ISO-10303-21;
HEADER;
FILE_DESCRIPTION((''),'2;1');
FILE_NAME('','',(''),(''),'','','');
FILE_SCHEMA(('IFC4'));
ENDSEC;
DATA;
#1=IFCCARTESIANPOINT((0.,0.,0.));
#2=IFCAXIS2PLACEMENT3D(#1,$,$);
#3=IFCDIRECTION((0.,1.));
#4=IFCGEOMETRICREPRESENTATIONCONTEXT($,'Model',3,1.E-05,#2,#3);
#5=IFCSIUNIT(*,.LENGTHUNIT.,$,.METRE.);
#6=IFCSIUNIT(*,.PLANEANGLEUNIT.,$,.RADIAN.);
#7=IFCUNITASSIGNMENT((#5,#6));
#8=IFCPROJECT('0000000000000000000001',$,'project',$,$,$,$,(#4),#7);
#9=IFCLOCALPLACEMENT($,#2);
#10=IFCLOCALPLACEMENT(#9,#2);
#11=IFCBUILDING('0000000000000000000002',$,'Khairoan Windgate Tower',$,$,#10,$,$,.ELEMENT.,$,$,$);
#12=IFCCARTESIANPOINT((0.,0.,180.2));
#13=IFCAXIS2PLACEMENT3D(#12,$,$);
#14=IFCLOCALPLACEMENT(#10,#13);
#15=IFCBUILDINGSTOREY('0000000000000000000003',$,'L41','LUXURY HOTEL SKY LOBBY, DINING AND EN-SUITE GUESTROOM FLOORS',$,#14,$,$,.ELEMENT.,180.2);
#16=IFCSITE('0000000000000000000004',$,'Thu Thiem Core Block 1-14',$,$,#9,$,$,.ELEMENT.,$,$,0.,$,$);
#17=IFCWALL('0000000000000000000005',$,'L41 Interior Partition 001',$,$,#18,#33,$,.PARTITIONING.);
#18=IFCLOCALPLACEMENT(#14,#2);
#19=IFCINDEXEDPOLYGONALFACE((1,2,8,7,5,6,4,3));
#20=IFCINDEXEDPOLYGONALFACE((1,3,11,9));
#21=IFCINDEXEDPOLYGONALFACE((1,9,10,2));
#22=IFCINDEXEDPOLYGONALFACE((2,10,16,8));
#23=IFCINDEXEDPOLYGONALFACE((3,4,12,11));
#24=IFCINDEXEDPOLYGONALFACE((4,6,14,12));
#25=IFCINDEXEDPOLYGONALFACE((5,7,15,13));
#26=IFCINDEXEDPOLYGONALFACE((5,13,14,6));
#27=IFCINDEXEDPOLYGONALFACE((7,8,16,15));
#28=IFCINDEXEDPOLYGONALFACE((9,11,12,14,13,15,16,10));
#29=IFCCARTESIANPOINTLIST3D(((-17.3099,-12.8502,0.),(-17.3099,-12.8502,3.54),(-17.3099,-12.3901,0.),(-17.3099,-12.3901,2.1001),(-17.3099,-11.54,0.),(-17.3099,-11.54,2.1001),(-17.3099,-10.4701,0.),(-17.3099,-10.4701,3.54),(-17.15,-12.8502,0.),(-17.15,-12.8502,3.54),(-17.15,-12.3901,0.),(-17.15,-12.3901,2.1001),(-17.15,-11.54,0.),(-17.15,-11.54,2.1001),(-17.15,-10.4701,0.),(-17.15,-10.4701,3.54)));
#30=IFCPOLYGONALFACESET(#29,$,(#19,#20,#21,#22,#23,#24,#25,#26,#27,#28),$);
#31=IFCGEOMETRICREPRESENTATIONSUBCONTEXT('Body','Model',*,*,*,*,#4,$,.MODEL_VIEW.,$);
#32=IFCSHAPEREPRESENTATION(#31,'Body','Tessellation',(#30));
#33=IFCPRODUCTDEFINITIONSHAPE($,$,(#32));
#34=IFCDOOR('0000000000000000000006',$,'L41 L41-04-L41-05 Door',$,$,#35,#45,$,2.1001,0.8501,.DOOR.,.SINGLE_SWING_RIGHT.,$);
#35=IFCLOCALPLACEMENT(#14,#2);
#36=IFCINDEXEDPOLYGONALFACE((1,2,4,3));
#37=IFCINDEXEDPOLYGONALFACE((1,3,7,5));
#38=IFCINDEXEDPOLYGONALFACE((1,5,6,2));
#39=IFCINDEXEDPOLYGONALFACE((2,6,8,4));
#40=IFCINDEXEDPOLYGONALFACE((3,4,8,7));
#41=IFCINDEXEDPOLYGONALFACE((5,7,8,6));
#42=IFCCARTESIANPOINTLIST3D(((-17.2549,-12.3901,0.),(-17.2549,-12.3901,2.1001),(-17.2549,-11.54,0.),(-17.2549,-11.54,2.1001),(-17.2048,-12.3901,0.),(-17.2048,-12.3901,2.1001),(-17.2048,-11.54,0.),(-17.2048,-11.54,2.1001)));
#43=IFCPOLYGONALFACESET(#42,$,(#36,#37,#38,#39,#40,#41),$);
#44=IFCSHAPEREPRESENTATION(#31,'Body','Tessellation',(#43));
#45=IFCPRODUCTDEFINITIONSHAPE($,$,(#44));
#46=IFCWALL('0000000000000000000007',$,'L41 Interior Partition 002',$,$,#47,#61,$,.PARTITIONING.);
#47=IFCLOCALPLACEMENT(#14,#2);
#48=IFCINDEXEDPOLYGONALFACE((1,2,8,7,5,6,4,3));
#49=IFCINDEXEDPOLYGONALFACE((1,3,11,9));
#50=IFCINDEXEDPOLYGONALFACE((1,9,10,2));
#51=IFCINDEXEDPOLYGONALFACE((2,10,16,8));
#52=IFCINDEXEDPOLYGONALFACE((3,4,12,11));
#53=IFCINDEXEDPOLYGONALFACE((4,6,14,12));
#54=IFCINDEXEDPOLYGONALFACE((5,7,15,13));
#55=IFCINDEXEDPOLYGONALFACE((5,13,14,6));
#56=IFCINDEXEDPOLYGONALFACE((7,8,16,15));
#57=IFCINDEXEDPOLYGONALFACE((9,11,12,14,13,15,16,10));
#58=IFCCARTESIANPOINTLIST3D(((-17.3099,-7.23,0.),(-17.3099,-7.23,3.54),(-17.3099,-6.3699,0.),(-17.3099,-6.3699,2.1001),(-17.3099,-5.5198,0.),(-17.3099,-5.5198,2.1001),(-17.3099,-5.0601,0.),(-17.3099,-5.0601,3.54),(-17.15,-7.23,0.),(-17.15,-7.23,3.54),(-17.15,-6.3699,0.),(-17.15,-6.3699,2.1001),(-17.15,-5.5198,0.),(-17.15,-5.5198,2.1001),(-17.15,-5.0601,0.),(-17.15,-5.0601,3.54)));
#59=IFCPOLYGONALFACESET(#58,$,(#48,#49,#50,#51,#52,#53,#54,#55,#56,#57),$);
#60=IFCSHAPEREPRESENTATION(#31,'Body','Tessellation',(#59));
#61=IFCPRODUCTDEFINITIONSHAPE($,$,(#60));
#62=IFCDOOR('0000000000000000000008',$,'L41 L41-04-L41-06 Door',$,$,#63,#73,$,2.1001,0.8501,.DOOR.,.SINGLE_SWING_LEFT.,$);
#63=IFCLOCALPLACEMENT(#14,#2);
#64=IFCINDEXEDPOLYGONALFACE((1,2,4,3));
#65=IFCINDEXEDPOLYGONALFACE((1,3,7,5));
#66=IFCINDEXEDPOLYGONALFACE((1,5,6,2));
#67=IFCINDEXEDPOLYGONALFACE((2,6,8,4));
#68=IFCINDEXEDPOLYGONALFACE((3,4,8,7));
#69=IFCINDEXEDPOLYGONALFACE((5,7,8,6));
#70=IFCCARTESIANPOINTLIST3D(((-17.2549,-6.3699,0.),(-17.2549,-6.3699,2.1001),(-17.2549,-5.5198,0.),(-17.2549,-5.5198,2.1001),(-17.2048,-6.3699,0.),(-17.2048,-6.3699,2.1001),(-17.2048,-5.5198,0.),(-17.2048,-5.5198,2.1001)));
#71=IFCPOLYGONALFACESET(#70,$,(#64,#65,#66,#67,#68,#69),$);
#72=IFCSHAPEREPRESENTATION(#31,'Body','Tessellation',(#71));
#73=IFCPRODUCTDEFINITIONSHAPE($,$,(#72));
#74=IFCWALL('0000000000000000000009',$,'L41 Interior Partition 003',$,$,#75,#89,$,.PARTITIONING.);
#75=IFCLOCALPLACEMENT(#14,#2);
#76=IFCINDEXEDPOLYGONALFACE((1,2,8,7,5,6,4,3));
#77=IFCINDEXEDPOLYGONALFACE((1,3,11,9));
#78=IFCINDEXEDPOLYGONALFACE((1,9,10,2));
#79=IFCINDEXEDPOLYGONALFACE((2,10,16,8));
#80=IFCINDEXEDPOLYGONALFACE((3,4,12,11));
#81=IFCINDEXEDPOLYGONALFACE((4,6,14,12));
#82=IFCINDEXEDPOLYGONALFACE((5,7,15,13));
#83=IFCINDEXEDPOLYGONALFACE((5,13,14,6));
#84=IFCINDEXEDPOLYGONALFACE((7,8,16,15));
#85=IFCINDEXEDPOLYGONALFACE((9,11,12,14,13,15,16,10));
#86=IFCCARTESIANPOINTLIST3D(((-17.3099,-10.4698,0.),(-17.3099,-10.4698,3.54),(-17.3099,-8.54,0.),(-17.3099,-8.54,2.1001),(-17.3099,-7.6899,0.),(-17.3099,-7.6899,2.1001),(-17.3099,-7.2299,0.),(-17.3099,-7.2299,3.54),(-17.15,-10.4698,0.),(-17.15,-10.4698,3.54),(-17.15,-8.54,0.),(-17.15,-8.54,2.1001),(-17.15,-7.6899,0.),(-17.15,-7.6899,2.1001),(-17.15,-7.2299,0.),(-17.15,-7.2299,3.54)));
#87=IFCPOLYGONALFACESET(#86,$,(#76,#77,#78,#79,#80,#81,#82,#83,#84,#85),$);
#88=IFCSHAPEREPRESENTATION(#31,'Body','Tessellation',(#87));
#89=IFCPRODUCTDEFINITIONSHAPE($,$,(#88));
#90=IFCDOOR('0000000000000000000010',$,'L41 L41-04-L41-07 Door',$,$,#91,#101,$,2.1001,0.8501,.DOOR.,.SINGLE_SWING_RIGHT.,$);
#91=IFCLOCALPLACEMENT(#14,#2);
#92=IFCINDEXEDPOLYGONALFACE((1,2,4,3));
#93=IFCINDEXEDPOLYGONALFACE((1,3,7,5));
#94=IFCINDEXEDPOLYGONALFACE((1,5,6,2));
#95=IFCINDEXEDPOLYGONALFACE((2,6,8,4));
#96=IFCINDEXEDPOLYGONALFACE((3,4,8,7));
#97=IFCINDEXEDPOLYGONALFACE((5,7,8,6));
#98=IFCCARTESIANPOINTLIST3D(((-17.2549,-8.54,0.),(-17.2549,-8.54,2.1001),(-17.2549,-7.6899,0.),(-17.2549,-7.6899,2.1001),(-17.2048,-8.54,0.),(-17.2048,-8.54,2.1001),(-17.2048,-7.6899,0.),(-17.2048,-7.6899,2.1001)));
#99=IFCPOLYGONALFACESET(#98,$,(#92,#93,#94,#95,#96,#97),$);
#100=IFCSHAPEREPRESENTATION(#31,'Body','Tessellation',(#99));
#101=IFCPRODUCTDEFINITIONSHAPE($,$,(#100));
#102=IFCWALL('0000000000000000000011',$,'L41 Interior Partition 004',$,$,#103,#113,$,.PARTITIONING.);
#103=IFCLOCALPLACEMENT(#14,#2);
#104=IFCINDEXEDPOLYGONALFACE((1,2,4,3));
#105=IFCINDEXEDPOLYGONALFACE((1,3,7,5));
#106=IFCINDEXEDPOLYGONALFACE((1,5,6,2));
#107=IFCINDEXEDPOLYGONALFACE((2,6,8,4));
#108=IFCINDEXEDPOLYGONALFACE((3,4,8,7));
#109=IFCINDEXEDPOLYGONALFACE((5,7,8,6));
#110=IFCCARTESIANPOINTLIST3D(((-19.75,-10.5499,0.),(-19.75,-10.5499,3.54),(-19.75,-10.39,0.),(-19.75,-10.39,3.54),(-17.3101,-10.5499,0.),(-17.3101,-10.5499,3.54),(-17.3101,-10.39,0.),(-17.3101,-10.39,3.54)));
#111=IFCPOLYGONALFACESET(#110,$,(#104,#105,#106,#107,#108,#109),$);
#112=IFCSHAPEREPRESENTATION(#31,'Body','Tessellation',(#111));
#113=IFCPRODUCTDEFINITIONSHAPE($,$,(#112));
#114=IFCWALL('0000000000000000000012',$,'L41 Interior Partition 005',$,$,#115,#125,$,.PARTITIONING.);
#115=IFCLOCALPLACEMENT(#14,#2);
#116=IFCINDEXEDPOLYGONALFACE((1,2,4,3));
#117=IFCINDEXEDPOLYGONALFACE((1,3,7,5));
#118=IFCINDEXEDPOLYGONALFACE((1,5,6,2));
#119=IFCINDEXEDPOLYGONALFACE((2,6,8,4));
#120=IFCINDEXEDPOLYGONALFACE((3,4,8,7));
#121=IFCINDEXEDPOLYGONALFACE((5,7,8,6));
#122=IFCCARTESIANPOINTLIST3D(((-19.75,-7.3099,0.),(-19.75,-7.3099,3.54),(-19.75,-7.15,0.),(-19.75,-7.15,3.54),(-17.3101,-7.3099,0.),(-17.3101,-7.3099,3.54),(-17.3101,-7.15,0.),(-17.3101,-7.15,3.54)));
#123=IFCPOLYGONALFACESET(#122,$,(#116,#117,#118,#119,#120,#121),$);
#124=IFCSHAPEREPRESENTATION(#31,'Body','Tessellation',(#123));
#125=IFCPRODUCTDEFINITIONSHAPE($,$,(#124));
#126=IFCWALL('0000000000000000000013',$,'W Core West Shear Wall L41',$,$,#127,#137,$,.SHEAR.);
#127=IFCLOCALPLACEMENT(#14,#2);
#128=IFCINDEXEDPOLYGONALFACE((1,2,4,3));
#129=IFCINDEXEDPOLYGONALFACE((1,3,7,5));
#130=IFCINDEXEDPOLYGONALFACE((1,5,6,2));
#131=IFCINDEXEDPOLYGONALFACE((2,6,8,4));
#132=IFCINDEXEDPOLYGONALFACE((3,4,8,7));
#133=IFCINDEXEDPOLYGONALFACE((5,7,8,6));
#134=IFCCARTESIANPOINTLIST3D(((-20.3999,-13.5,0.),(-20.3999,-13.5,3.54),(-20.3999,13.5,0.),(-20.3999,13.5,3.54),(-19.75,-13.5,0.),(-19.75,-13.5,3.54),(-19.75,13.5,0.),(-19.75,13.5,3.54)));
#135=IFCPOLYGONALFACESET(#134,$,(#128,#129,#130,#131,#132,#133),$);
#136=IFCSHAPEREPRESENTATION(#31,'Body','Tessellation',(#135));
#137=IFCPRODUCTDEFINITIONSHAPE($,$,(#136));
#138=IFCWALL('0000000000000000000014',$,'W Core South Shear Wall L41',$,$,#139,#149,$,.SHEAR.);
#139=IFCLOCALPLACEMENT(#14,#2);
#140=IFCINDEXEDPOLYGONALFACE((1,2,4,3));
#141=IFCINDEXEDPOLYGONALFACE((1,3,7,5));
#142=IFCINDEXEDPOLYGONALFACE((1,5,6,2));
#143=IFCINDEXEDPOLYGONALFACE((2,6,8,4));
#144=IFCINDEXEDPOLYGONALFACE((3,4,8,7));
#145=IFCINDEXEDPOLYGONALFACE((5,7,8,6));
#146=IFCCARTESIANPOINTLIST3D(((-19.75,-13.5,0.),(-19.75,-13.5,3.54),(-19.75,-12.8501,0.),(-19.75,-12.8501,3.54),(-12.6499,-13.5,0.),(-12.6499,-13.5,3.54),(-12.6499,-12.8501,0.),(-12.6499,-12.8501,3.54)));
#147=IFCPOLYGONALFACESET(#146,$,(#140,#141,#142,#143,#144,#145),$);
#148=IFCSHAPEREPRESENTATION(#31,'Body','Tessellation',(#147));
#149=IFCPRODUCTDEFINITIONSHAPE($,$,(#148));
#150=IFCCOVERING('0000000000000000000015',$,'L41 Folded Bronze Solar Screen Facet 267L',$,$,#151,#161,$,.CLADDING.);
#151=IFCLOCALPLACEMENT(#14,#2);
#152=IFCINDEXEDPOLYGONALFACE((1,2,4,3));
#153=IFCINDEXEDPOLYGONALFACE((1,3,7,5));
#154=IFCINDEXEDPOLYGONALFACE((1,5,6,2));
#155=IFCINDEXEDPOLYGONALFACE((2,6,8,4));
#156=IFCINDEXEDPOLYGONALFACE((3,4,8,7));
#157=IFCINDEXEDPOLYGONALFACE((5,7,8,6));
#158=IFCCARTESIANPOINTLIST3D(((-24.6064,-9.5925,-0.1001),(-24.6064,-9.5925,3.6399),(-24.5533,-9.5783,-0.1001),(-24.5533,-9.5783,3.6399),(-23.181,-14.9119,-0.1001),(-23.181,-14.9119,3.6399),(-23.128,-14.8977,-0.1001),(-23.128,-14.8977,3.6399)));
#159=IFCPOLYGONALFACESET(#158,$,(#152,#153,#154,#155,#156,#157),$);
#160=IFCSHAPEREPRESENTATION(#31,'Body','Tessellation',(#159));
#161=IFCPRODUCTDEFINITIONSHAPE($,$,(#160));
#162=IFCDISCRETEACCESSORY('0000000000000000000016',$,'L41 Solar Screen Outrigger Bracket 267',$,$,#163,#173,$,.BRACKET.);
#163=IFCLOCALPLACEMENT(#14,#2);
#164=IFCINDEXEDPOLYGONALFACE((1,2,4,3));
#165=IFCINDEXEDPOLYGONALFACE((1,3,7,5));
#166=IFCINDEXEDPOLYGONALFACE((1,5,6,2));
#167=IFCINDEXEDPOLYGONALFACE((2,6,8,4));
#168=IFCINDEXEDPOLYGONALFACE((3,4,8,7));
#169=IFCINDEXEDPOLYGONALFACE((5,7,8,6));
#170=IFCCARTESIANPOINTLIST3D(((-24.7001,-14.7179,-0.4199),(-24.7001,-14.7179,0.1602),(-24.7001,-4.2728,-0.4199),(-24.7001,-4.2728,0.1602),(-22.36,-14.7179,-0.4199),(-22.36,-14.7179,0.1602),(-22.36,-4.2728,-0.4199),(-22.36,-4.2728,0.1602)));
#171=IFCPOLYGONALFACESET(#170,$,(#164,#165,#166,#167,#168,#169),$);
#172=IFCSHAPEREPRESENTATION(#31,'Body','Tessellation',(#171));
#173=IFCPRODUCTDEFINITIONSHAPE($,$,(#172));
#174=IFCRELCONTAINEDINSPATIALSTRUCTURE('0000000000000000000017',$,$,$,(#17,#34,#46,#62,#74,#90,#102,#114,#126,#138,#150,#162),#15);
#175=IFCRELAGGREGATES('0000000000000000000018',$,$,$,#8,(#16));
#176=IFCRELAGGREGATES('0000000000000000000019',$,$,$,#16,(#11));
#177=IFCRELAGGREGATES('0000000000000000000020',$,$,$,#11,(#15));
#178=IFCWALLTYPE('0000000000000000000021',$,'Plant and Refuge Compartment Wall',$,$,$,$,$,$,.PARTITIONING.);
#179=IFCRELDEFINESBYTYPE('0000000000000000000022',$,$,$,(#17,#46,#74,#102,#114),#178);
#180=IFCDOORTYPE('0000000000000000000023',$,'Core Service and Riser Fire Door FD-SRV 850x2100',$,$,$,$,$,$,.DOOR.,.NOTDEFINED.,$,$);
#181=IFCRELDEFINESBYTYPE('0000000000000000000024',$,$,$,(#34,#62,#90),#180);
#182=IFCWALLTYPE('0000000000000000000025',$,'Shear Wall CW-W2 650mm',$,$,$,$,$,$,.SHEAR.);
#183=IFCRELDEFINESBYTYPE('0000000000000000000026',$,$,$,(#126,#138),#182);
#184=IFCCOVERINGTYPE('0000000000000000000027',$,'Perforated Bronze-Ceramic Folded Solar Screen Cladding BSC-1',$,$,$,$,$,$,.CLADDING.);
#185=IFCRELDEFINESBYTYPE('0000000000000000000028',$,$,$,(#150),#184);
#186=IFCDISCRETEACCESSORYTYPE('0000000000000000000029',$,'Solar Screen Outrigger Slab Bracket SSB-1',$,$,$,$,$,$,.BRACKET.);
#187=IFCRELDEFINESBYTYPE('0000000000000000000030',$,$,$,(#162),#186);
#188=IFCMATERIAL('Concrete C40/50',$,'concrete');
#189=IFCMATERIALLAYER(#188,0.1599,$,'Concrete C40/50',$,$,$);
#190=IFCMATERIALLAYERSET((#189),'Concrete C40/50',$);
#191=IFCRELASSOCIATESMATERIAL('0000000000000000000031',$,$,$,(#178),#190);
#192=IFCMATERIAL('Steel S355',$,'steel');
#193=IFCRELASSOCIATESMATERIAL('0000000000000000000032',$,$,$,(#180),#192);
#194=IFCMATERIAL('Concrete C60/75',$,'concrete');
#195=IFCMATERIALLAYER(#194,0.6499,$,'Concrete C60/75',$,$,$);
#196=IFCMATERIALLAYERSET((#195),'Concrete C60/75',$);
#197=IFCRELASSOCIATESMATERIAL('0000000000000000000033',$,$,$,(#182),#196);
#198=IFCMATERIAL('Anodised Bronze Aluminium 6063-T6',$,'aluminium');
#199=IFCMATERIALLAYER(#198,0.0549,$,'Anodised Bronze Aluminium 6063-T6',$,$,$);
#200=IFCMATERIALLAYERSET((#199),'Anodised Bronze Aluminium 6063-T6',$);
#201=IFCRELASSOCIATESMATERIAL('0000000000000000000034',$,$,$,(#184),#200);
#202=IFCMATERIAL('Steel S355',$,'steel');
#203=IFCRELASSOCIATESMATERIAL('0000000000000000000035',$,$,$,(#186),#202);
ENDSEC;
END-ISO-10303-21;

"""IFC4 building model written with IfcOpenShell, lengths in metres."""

from ifc_helpers import new_model, si_unit, direction, frame, frame_2d, origin, origin_2d, place, context, subcontext, project, spatial, rectangle, extrude, material, layer, layer_set, type_object, element, fill, save


model = new_model("IFC4")

# Units and contexts
model_context = context("Model", 3, precision=1e-05, world=origin(), true_north=direction((0.0, 1.0)))
body_context = subcontext(model_context, "Body", "Model", "MODEL_VIEW")
ifc_project = project(units=[si_unit("LENGTHUNIT", "METRE"), si_unit("PLANEANGLEUNIT", "RADIAN")], contexts=[model_context])

# Site, building, storey
site_placement = place(None, origin())
site = spatial("IfcSite", under=ifc_project, at=site_placement, Name="Thu Thiem Core Block 1-14", CompositionType="ELEMENT", RefElevation=0.0)
building_placement = place(site_placement, origin())
building = spatial("IfcBuilding", under=site, at=building_placement, Name="Khairoan Windgate Tower", CompositionType="ELEMENT")
storey_placement = place(building_placement, frame((0.0, 0.0, 180.2)))
storey = spatial("IfcBuildingStorey", under=building, at=storey_placement, Name="L41", Description="LUXURY HOTEL SKY LOBBY, DINING AND EN-SUITE GUESTROOM FLOORS", CompositionType="ELEMENT", Elevation=180.2)

# Walls, openings, doors
ifc_material_1 = material(Name="Concrete C40/50", Category="concrete")
ifc_layer_1 = layer(ifc_material_1, 0.1599, Name="Concrete C40/50")
ifc_layer_set_1 = layer_set([ifc_layer_1], Name="Concrete C40/50")
wall_type_1 = type_object("IfcWallType", Name="Plant and Refuge Compartment Wall", PredefinedType="PARTITIONING", material=ifc_layer_set_1)
wall_1_placement = place(storey_placement, frame((-17.23, -12.8501, 0.0), z_axis=(0.0, 0.0, 1.0), x_axis=(0.0, 1.0, 0.0)))
wall_1 = element("IfcWall", 1, at=wall_1_placement, inside=storey, type_object=wall_type_1, Name="L41 Interior Partition 001", PredefinedType="PARTITIONING", context=body_context, shape_type="SweptSolid", body=[
    extrude(rectangle(XDim=2.3801, YDim=0.1599, at=frame_2d((1.1899, 0.0))), origin(), (0.0, 0.0, 1.0), 3.54),
])
opening_1_placement = place(wall_1_placement, frame((0.46, 0.0, 0.0)))
opening_1 = element("IfcOpeningElement", 2, at=opening_1_placement, cuts=wall_1, PredefinedType="OPENING", context=body_context, shape_type="SweptSolid", body=[
    extrude(rectangle(XDim=0.8501, YDim=2.1001, at=frame_2d((0.425, 1.05))), frame((0.0, 0.0898, 0.0), z_axis=(0.0, -1.0, 0.0), x_axis=(1.0, 0.0, 0.0)), (0.0, 0.0, 1.0), 0.1799),
])
ifc_material_2 = material(Name="Steel S355", Category="steel")
door_type_1 = type_object("IfcDoorType", Name="Core Service and Riser Fire Door FD-SRV 850x2100", OperationType="NOTDEFINED", PredefinedType="DOOR", material=ifc_material_2)
door_1_placement = place(opening_1_placement, origin())
door_1 = element("IfcDoor", 3, at=door_1_placement, inside=storey, type_object=door_type_1, Name="L41 L41-04-L41-05 Door", OperationType="SINGLE_SWING_RIGHT", OverallHeight=2.1001, OverallWidth=0.8501, PredefinedType="DOOR", context=body_context, shape_type="SweptSolid", body=[
    extrude(rectangle(XDim=0.8501, YDim=2.1001, at=frame_2d((0.425, 1.05))), frame((0.0, 0.0249, 0.0), z_axis=(0.0, -1.0, 0.0), x_axis=(1.0, 0.0, 0.0)), (0.0, 0.0, 1.0), 0.05),
])
fill(opening_1, door_1)
wall_2_placement = place(storey_placement, frame((-17.23, -7.23, 0.0), z_axis=(0.0, 0.0, 1.0), x_axis=(0.0, 1.0, 0.0)))
wall_2 = element("IfcWall", 4, at=wall_2_placement, inside=storey, type_object=wall_type_1, Name="L41 Interior Partition 002", PredefinedType="PARTITIONING", context=body_context, shape_type="SweptSolid", body=[
    extrude(rectangle(XDim=2.1699, YDim=0.1599, at=frame_2d((1.085, 0.0))), origin(), (0.0, 0.0, 1.0), 3.54),
])
opening_2_placement = place(wall_2_placement, frame((0.8601, 0.0, 0.0)))
opening_2 = element("IfcOpeningElement", 5, at=opening_2_placement, cuts=wall_2, PredefinedType="OPENING", context=body_context, shape_type="SweptSolid", body=[
    extrude(rectangle(XDim=0.8501, YDim=2.1001, at=frame_2d((0.425, 1.05))), frame((0.0, 0.0898, 0.0), z_axis=(0.0, -1.0, 0.0), x_axis=(1.0, 0.0, 0.0)), (0.0, 0.0, 1.0), 0.1799),
])
door_2_placement = place(opening_2_placement, origin())
door_2 = element("IfcDoor", 6, at=door_2_placement, inside=storey, type_object=door_type_1, Name="L41 L41-04-L41-06 Door", OperationType="SINGLE_SWING_LEFT", OverallHeight=2.1001, OverallWidth=0.8501, PredefinedType="DOOR", context=body_context, shape_type="SweptSolid", body=[
    extrude(rectangle(XDim=0.8501, YDim=2.1001, at=frame_2d((0.425, 1.05))), frame((0.0, 0.0249, 0.0), z_axis=(0.0, -1.0, 0.0), x_axis=(1.0, 0.0, 0.0)), (0.0, 0.0, 1.0), 0.05),
])
fill(opening_2, door_2)
wall_3_placement = place(storey_placement, frame((-17.23, -10.47, 0.0), z_axis=(0.0, 0.0, 1.0), x_axis=(0.0, 1.0, 0.0)))
wall_3 = element("IfcWall", 7, at=wall_3_placement, inside=storey, type_object=wall_type_1, Name="L41 Interior Partition 003", PredefinedType="PARTITIONING", context=body_context, shape_type="SweptSolid", body=[
    extrude(rectangle(XDim=3.24, YDim=0.1599, at=frame_2d((1.6201, 0.0))), origin(), (0.0, 0.0, 1.0), 3.54),
])
opening_3_placement = place(wall_3_placement, frame((1.9299, 0.0, 0.0)))
opening_3 = element("IfcOpeningElement", 8, at=opening_3_placement, cuts=wall_3, PredefinedType="OPENING", context=body_context, shape_type="SweptSolid", body=[
    extrude(rectangle(XDim=0.8501, YDim=2.1001, at=frame_2d((0.425, 1.05))), frame((0.0, 0.0898, 0.0), z_axis=(0.0, -1.0, 0.0), x_axis=(1.0, 0.0, 0.0)), (0.0, 0.0, 1.0), 0.1799),
])
door_3_placement = place(opening_3_placement, origin())
door_3 = element("IfcDoor", 9, at=door_3_placement, inside=storey, type_object=door_type_1, Name="L41 L41-04-L41-07 Door", OperationType="SINGLE_SWING_RIGHT", OverallHeight=2.1001, OverallWidth=0.8501, PredefinedType="DOOR", context=body_context, shape_type="SweptSolid", body=[
    extrude(rectangle(XDim=0.8501, YDim=2.1001, at=frame_2d((0.425, 1.05))), frame((0.0, 0.0249, 0.0), z_axis=(0.0, -1.0, 0.0), x_axis=(1.0, 0.0, 0.0)), (0.0, 0.0, 1.0), 0.05),
])
fill(opening_3, door_3)

# Walls
for number, where, z_axis, x_axis, name in (
    (10, (-19.75, -10.47, 0.0), (0.0, 0.0, 1.0), (1.0, 0.0, 0.0), "L41 Interior Partition 004"),
    (11, (-19.75, -7.23, 0.0), (0.0, 0.0, 1.0), (1.0, 0.0, 0.0), "L41 Interior Partition 005"),
):
    element("IfcWall", number, at=place(storey_placement, frame(where, z_axis=z_axis, x_axis=x_axis)), inside=storey, type_object=wall_type_1, Name=name, PredefinedType="PARTITIONING", context=body_context, shape_type="SweptSolid", body=[
        extrude(rectangle(XDim=2.4399, YDim=0.1599, at=frame_2d((1.22, 0.0))), origin(), (0.0, 0.0, 1.0), 3.54),
    ])
ifc_material_3 = material(Name="Concrete C60/75", Category="concrete")
ifc_layer_2 = layer(ifc_material_3, 0.6499, Name="Concrete C60/75")
ifc_layer_set_2 = layer_set([ifc_layer_2], Name="Concrete C60/75")
wall_type_2 = type_object("IfcWallType", Name="Shear Wall CW-W2 650mm", PredefinedType="SHEAR", material=ifc_layer_set_2)
wall_4_placement = place(storey_placement, frame((-20.075, -13.5, 0.0), z_axis=(0.0, 0.0, 1.0), x_axis=(0.0, 1.0, 0.0)))
element("IfcWall", 12, at=wall_4_placement, inside=storey, type_object=wall_type_2, Name="W Core West Shear Wall L41", PredefinedType="SHEAR", context=body_context, shape_type="SweptSolid", body=[
    extrude(rectangle(XDim=27.0, YDim=0.6499, at=frame_2d((13.5, 0.0))), origin(), (0.0, 0.0, 1.0), 3.54),
])
wall_5_placement = place(storey_placement, frame((-19.75, -13.175, 0.0), z_axis=(0.0, 0.0, 1.0), x_axis=(1.0, 0.0, 0.0)))
element("IfcWall", 13, at=wall_5_placement, inside=storey, type_object=wall_type_2, Name="W Core South Shear Wall L41", PredefinedType="SHEAR", context=body_context, shape_type="SweptSolid", body=[
    extrude(rectangle(XDim=7.1001, YDim=0.6499, at=frame_2d((3.55, 0.0))), origin(), (0.0, 0.0, 1.0), 3.54),
])

# Covering
ifc_material_4 = material(Name="Anodised Bronze Aluminium 6063-T6", Category="aluminium")
ifc_layer_3 = layer(ifc_material_4, 0.0549, Name="Anodised Bronze Aluminium 6063-T6")
ifc_layer_set_3 = layer_set([ifc_layer_3], Name="Anodised Bronze Aluminium 6063-T6")
covering_type = type_object("IfcCoveringType", Name="Perforated Bronze-Ceramic Folded Solar Screen Cladding BSC-1", PredefinedType="CLADDING", material=ifc_layer_set_3)
covering_placement = place(storey_placement, frame((-23.8672, -12.2451, -0.1001), z_axis=(0.0, 0.0, 1.0), x_axis=(-0.258819, 0.965926, 0.0)))
element("IfcCovering", 14, at=covering_placement, inside=storey, type_object=covering_type, Name="L41 Folded Bronze Solar Screen Facet 267L", PredefinedType="CLADDING", context=body_context, shape_type="SweptSolid", body=[
    extrude(rectangle(XDim=5.5071, YDim=0.0549, at=origin_2d()), origin(), (0.0, 0.0, 1.0), 3.74),
])

# Discrete accessory
ifc_material_5 = material(Name="Steel S355", Category="steel")
discrete_accessory_type = type_object("IfcDiscreteAccessoryType", Name="Solar Screen Outrigger Slab Bracket SSB-1", PredefinedType="BRACKET", material=ifc_material_5)
discrete_accessory_placement = place(storey_placement, frame((-23.53, -9.4954, -0.4199), z_axis=(0.0, 0.0, 1.0), x_axis=(0.0, 1.0, 0.0)))
element("IfcDiscreteAccessory", 15, at=discrete_accessory_placement, inside=storey, type_object=discrete_accessory_type, Name="L41 Solar Screen Outrigger Bracket 267", PredefinedType="BRACKET", context=body_context, shape_type="SweptSolid", body=[
    extrude(rectangle(XDim=10.4451, YDim=2.3401, at=origin_2d()), origin(), (0.0, 0.0, 1.0), 0.5801),
])

save(model, "model.ifc")
